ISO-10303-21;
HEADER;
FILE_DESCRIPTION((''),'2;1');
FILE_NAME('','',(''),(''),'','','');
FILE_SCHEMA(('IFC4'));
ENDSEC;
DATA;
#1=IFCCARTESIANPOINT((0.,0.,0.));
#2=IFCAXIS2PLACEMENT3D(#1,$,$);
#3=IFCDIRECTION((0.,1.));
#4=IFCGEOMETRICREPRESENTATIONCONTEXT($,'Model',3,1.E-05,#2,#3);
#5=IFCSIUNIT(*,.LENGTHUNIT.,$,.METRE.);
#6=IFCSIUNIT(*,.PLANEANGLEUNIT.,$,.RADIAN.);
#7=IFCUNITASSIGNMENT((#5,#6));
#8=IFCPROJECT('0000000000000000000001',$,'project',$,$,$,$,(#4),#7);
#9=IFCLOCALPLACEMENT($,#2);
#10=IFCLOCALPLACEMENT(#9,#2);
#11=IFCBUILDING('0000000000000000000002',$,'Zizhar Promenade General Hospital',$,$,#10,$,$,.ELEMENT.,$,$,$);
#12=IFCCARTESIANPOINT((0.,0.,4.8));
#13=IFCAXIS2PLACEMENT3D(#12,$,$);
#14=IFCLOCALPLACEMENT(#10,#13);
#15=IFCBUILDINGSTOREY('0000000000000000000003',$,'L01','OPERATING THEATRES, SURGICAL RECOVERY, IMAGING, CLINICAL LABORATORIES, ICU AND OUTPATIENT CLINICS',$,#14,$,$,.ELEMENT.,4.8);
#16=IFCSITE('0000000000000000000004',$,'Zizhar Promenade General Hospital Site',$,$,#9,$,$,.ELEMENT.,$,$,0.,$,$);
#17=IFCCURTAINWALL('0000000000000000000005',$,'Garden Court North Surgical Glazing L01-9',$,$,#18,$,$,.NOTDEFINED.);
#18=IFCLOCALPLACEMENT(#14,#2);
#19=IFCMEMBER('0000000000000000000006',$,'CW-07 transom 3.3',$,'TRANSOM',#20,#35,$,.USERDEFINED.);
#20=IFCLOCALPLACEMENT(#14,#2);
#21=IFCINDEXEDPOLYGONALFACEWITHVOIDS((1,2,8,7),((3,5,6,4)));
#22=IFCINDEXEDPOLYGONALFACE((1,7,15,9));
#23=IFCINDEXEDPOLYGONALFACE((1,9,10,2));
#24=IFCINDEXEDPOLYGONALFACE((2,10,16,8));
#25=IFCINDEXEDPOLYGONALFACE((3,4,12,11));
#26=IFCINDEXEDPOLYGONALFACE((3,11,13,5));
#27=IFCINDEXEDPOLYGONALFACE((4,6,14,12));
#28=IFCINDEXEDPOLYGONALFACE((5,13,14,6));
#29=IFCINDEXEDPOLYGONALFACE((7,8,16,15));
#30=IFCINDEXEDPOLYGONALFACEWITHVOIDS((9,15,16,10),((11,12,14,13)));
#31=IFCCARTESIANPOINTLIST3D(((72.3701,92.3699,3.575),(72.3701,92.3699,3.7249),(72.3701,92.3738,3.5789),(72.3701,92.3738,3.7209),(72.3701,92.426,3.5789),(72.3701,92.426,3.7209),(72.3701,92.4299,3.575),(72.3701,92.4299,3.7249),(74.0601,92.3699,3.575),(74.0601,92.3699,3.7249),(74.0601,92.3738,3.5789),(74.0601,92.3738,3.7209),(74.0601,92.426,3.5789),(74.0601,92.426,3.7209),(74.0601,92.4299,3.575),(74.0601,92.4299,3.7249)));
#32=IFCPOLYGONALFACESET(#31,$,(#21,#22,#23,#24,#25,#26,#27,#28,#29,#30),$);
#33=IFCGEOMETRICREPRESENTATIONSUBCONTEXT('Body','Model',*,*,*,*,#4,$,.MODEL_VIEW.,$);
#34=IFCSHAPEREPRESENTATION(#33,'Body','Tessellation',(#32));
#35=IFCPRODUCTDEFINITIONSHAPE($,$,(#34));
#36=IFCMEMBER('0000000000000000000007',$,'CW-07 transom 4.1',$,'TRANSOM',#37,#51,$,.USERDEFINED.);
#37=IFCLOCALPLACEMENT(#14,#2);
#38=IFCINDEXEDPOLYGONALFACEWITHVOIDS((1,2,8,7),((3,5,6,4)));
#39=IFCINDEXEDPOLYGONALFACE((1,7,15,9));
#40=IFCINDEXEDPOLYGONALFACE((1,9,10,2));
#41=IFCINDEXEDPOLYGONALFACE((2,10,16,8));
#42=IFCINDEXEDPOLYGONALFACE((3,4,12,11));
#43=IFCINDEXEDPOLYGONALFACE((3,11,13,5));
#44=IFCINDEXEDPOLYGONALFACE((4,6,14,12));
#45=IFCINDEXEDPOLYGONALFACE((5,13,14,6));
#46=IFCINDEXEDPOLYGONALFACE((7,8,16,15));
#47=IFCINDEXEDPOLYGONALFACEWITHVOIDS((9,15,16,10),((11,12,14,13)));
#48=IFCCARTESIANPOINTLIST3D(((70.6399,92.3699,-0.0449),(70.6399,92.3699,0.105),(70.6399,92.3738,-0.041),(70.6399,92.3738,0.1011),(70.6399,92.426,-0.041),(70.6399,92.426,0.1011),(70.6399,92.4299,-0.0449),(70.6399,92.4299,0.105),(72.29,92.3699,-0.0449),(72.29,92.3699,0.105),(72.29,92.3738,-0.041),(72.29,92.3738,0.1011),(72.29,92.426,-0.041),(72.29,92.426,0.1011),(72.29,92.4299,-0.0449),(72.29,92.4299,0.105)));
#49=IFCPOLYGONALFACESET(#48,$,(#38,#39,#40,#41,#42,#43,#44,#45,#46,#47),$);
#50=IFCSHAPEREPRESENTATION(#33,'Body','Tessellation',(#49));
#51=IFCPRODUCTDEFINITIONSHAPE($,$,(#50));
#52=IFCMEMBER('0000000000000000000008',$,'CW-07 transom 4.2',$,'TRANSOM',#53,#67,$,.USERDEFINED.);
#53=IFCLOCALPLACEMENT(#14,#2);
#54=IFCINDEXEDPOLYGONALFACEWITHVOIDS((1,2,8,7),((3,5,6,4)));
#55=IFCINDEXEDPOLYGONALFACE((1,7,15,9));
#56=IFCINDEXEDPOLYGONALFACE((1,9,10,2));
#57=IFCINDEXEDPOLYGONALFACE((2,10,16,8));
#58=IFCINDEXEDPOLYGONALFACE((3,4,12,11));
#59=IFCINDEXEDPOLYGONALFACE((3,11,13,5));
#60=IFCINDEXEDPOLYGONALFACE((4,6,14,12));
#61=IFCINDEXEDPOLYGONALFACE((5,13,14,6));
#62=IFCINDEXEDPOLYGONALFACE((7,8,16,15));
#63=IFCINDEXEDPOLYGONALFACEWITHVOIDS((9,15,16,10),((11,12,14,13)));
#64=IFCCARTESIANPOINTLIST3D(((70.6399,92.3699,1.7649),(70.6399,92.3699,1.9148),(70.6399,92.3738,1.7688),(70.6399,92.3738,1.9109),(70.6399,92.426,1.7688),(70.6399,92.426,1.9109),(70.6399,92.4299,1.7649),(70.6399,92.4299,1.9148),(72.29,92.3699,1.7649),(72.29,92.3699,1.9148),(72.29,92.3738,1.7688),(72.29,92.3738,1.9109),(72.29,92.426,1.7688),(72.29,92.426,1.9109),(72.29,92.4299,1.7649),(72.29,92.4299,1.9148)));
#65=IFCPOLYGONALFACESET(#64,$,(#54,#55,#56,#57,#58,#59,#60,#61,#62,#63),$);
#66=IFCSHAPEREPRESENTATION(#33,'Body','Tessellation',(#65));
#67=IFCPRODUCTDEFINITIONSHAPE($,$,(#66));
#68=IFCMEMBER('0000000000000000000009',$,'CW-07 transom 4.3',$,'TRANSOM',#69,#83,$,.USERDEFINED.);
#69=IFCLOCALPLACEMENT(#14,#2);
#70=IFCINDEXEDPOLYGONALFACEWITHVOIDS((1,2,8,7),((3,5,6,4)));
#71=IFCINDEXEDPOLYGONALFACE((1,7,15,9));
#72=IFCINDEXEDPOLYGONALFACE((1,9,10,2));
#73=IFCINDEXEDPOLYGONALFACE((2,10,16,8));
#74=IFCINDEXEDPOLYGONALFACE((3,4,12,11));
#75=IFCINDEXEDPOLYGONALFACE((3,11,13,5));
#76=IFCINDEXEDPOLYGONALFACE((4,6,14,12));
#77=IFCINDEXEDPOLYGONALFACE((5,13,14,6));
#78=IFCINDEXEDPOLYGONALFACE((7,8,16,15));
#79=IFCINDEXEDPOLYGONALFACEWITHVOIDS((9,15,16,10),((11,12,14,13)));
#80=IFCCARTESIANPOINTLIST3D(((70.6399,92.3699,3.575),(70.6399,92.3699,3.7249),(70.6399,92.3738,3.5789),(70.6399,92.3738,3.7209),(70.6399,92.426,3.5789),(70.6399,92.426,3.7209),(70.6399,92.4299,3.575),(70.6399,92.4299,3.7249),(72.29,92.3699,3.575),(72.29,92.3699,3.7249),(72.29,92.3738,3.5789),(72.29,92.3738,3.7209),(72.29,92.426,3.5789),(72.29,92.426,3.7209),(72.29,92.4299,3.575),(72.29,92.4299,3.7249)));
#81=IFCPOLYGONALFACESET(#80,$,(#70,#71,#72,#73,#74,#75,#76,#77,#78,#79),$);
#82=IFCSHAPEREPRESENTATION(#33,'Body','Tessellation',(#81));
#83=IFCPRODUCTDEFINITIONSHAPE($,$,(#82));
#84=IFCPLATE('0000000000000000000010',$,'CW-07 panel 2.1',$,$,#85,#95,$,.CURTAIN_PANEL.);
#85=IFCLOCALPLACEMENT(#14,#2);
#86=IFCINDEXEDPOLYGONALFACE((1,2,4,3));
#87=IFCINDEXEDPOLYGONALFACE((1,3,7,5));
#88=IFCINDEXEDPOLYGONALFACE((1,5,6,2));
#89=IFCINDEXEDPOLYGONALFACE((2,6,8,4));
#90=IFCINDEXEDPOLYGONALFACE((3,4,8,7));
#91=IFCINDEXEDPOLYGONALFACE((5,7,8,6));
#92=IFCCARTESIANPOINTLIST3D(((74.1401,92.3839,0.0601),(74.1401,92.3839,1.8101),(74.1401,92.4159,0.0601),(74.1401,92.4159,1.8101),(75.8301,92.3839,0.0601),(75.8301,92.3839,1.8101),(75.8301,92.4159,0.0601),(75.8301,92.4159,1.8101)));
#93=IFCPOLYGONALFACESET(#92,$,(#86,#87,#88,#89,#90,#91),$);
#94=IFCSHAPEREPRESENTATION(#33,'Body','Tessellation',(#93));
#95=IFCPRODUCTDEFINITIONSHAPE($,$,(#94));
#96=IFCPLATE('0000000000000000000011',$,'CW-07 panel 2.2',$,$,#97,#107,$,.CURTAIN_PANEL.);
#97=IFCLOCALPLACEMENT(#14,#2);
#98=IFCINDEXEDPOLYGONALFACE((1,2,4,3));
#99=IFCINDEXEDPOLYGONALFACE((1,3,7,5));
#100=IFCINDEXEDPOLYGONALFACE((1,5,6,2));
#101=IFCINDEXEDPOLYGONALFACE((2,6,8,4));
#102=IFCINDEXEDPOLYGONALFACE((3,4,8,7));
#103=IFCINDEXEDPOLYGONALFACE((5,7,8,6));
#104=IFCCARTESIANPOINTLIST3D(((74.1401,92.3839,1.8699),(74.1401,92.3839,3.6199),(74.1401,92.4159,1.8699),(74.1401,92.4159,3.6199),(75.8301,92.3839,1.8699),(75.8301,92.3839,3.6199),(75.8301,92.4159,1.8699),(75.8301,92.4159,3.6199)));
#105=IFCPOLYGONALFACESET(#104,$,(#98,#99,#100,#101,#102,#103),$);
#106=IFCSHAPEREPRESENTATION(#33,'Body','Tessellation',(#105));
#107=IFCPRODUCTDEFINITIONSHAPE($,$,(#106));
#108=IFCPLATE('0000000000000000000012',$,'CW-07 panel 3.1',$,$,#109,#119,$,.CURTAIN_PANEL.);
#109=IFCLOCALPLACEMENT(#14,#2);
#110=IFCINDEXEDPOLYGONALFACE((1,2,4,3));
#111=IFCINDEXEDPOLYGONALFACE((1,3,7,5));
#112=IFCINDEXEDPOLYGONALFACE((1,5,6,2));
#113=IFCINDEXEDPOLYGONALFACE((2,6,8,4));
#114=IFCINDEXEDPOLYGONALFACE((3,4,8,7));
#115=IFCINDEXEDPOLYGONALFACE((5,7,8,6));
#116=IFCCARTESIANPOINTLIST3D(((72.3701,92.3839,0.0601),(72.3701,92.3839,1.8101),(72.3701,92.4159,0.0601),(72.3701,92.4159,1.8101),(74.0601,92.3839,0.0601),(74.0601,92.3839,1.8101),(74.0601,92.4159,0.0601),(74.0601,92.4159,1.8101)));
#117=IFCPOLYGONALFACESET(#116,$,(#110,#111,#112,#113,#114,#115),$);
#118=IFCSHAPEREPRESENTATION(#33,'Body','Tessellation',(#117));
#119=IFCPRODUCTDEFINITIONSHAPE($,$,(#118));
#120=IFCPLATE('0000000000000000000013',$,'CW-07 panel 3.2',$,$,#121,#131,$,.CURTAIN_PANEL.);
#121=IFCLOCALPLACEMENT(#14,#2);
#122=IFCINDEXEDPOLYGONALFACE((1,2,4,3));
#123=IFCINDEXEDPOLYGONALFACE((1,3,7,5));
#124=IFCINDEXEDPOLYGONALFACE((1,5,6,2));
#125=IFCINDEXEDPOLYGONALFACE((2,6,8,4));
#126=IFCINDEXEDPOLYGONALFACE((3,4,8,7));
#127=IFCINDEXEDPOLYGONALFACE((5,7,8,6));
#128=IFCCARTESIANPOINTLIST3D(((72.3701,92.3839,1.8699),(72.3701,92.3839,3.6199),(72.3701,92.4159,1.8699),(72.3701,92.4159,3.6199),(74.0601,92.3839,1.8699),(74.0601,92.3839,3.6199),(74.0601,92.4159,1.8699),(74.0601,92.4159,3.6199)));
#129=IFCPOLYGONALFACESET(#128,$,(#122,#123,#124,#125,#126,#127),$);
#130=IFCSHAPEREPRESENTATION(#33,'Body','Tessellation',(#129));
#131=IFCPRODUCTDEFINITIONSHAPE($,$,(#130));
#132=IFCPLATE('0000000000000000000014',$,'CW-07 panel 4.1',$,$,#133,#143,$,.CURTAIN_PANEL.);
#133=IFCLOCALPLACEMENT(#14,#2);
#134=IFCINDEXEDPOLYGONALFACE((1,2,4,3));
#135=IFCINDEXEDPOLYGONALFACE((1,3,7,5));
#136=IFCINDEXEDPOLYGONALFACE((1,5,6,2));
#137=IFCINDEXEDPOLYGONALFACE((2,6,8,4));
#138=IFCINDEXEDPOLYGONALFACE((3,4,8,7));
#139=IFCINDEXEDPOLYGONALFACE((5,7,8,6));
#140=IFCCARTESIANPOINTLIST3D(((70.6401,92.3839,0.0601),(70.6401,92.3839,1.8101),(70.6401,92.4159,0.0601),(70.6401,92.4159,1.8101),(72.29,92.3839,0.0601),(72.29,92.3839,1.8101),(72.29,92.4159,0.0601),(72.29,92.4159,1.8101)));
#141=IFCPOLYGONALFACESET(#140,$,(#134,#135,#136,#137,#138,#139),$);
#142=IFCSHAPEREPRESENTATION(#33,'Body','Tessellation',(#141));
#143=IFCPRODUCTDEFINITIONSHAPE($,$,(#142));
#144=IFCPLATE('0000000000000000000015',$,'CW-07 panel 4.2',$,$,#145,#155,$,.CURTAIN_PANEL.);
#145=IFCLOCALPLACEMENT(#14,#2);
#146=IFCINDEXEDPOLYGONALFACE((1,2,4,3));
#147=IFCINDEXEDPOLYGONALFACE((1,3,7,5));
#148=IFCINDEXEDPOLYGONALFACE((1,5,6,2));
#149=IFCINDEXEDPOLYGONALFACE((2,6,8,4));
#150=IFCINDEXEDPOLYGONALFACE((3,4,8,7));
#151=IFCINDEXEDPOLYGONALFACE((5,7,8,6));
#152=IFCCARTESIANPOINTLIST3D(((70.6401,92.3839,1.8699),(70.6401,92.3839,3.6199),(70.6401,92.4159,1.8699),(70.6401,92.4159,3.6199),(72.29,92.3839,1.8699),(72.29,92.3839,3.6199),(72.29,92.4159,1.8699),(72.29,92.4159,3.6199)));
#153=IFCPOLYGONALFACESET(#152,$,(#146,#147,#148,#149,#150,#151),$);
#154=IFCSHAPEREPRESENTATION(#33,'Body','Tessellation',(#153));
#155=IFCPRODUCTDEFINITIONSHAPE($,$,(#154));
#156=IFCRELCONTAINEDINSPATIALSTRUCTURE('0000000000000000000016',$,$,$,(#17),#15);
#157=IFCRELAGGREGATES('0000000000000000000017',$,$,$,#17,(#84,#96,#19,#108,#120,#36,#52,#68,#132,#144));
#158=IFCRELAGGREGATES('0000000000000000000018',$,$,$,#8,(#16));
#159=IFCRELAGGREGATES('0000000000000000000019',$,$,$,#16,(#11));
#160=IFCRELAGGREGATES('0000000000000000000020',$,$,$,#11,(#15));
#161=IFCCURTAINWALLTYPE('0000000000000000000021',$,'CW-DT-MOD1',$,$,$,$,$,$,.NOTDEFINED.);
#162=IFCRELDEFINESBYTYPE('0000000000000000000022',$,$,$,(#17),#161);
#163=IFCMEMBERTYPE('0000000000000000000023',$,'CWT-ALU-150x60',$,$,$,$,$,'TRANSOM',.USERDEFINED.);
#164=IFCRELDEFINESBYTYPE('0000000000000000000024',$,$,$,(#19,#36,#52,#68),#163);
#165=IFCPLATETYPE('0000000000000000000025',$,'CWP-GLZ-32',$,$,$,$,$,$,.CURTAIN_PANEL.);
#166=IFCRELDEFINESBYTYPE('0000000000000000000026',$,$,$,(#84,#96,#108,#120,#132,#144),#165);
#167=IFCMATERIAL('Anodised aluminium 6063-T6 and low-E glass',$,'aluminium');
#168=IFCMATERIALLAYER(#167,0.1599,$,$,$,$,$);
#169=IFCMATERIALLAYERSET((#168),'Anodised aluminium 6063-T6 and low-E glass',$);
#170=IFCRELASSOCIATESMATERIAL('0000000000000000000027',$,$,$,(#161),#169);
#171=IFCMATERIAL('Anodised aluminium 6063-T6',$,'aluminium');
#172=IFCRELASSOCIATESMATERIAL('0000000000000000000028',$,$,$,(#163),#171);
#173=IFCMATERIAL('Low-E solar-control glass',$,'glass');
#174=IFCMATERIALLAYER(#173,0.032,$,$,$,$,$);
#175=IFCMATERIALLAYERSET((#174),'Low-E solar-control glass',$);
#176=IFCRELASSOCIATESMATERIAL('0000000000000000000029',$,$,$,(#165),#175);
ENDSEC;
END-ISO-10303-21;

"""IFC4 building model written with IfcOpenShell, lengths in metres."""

from ifc_helpers import new_model, si_unit, direction, frame, origin, origin_2d, place, context, subcontext, project, spatial, rectangle, hollow_rectangle, extrude, material, layer, layer_set, material_profile, profile_set, type_object, element, aggregate, save


model = new_model("IFC4")

# Units and contexts
model_context = context("Model", 3, precision=1e-05, world=origin(), true_north=direction((0.0, 1.0)))
body_context = subcontext(model_context, "Body", "Model", "MODEL_VIEW")
ifc_project = project(units=[si_unit("LENGTHUNIT", "METRE"), si_unit("PLANEANGLEUNIT", "RADIAN")], contexts=[model_context])

# Site, building, storey
site_placement = place(None, origin())
site = spatial("IfcSite", under=ifc_project, at=site_placement, Name="Zizhar Promenade General Hospital Site", CompositionType="ELEMENT", RefElevation=0.0)
building_placement = place(site_placement, origin())
building = spatial("IfcBuilding", under=site, at=building_placement, Name="Zizhar Promenade General Hospital", CompositionType="ELEMENT")
storey_placement = place(building_placement, frame((0.0, 0.0, 4.8)))
storey = spatial("IfcBuildingStorey", under=building, at=storey_placement, Name="L01", Description="OPERATING THEATRES, SURGICAL RECOVERY, IMAGING, CLINICAL LABORATORIES, ICU AND OUTPATIENT CLINICS", CompositionType="ELEMENT", Elevation=4.8)

# Curtain wall, members, plates
ifc_material_1 = material(Name="Anodised aluminium 6063-T6 and low-E glass", Category="aluminium")
ifc_layer_1 = layer(ifc_material_1, 0.1599)
ifc_layer_set_1 = layer_set([ifc_layer_1], Name="Anodised aluminium 6063-T6 and low-E glass")
curtain_wall_type = type_object("IfcCurtainWallType", Name="CW-DT-MOD1", PredefinedType="NOTDEFINED", material=ifc_layer_set_1)
curtain_wall_placement = place(storey_placement, origin())
curtain_wall = element("IfcCurtainWall", 1, at=curtain_wall_placement, inside=storey, type_object=curtain_wall_type, Name="Garden Court North Surgical Glazing L01-9", PredefinedType="NOTDEFINED")
ifc_material_2 = material(Name="Anodised aluminium 6063-T6", Category="aluminium")
ifc_material_profile_1 = material_profile(ifc_material_2, hollow_rectangle(XDim=0.0601, YDim=0.1499, WallThickness=0.0039, at=origin_2d()))
ifc_profile_set_1 = profile_set([ifc_material_profile_1], Name="Anodised aluminium 6063-T6")
member_type_1 = type_object("IfcMemberType", Name="CWT-ALU-150x60", ElementType="TRANSOM", PredefinedType="USERDEFINED", material=ifc_profile_set_1)
member_1_placement = place(storey_placement, frame((74.0601, 92.3999, 3.6499), z_axis=(-1.0, 0.0, 0.0), x_axis=(0.0, -1.0, 0.0)))
member_1 = element("IfcMember", 2, at=member_1_placement, type_object=member_type_1, Name="CW-07 transom 3.3", ObjectType="TRANSOM", PredefinedType="USERDEFINED", context=body_context, shape_type="SweptSolid", body=[
    extrude(hollow_rectangle(XDim=0.0601, YDim=0.1499, WallThickness=0.0039, at=origin_2d()), origin(), (0.0, 0.0, 1.0), 1.6899),
])
member_2_placement = place(storey_placement, frame((72.29, 92.3999, 0.03), z_axis=(-1.0, 0.0, 0.0), x_axis=(0.0, -1.0, 0.0)))
member_2 = element("IfcMember", 3, at=member_2_placement, type_object=member_type_1, Name="CW-07 transom 4.1", ObjectType="TRANSOM", PredefinedType="USERDEFINED", context=body_context, shape_type="SweptSolid", body=[
    extrude(hollow_rectangle(XDim=0.0601, YDim=0.1499, WallThickness=0.0039, at=origin_2d()), origin(), (0.0, 0.0, 1.0), 1.6501),
])
member_3_placement = place(storey_placement, frame((72.29, 92.3999, 1.8398), z_axis=(-1.0, 0.0, 0.0), x_axis=(0.0, -1.0, 0.0)))
member_3 = element("IfcMember", 4, at=member_3_placement, type_object=member_type_1, Name="CW-07 transom 4.2", ObjectType="TRANSOM", PredefinedType="USERDEFINED", context=body_context, shape_type="SweptSolid", body=[
    extrude(hollow_rectangle(XDim=0.0601, YDim=0.1499, WallThickness=0.0039, at=origin_2d()), origin(), (0.0, 0.0, 1.0), 1.6501),
])
member_4_placement = place(storey_placement, frame((72.29, 92.3999, 3.6499), z_axis=(-1.0, 0.0, 0.0), x_axis=(0.0, -1.0, 0.0)))
member_4 = element("IfcMember", 5, at=member_4_placement, type_object=member_type_1, Name="CW-07 transom 4.3", ObjectType="TRANSOM", PredefinedType="USERDEFINED", context=body_context, shape_type="SweptSolid", body=[
    extrude(hollow_rectangle(XDim=0.0601, YDim=0.1499, WallThickness=0.0039, at=origin_2d()), origin(), (0.0, 0.0, 1.0), 1.6501),
])
ifc_material_3 = material(Name="Low-E solar-control glass", Category="glass")
ifc_layer_2 = layer(ifc_material_3, 0.032)
ifc_layer_set_2 = layer_set([ifc_layer_2], Name="Low-E solar-control glass")
plate_type = type_object("IfcPlateType", Name="CWP-GLZ-32", PredefinedType="CURTAIN_PANEL", material=ifc_layer_set_2)
plate_1_placement = place(storey_placement, frame((74.9851, 92.3999, 0.0601), z_axis=(0.0, 0.0, 1.0), x_axis=(-1.0, 0.0, 0.0)))
plate_1 = element("IfcPlate", 6, at=plate_1_placement, type_object=plate_type, Name="CW-07 panel 2.1", PredefinedType="CURTAIN_PANEL", context=body_context, shape_type="SweptSolid", body=[
    extrude(rectangle(XDim=1.6899, YDim=0.032, at=origin_2d()), origin(), (0.0, 0.0, 1.0), 1.75),
])
plate_2_placement = place(storey_placement, frame((74.9851, 92.3999, 1.8699), z_axis=(0.0, 0.0, 1.0), x_axis=(-1.0, 0.0, 0.0)))
plate_2 = element("IfcPlate", 7, at=plate_2_placement, type_object=plate_type, Name="CW-07 panel 2.2", PredefinedType="CURTAIN_PANEL", context=body_context, shape_type="SweptSolid", body=[
    extrude(rectangle(XDim=1.6899, YDim=0.032, at=origin_2d()), origin(), (0.0, 0.0, 1.0), 1.75),
])
plate_3_placement = place(storey_placement, frame((73.2151, 92.3999, 0.0601), z_axis=(0.0, 0.0, 1.0), x_axis=(-1.0, 0.0, 0.0)))
plate_3 = element("IfcPlate", 8, at=plate_3_placement, type_object=plate_type, Name="CW-07 panel 3.1", PredefinedType="CURTAIN_PANEL", context=body_context, shape_type="SweptSolid", body=[
    extrude(rectangle(XDim=1.6899, YDim=0.032, at=origin_2d()), origin(), (0.0, 0.0, 1.0), 1.75),
])
plate_4_placement = place(storey_placement, frame((73.2151, 92.3999, 1.8699), z_axis=(0.0, 0.0, 1.0), x_axis=(-1.0, 0.0, 0.0)))
plate_4 = element("IfcPlate", 9, at=plate_4_placement, type_object=plate_type, Name="CW-07 panel 3.2", PredefinedType="CURTAIN_PANEL", context=body_context, shape_type="SweptSolid", body=[
    extrude(rectangle(XDim=1.6899, YDim=0.032, at=origin_2d()), origin(), (0.0, 0.0, 1.0), 1.75),
])
plate_5_placement = place(storey_placement, frame((71.4651, 92.3999, 0.0601), z_axis=(0.0, 0.0, 1.0), x_axis=(-1.0, 0.0, 0.0)))
plate_5 = element("IfcPlate", 10, at=plate_5_placement, type_object=plate_type, Name="CW-07 panel 4.1", PredefinedType="CURTAIN_PANEL", context=body_context, shape_type="SweptSolid", body=[
    extrude(rectangle(XDim=1.6499, YDim=0.032, at=origin_2d()), origin(), (0.0, 0.0, 1.0), 1.75),
])
plate_6_placement = place(storey_placement, frame((71.4651, 92.3999, 1.8699), z_axis=(0.0, 0.0, 1.0), x_axis=(-1.0, 0.0, 0.0)))
plate_6 = element("IfcPlate", 11, at=plate_6_placement, type_object=plate_type, Name="CW-07 panel 4.2", PredefinedType="CURTAIN_PANEL", context=body_context, shape_type="SweptSolid", body=[
    extrude(rectangle(XDim=1.6499, YDim=0.032, at=origin_2d()), origin(), (0.0, 0.0, 1.0), 1.75),
])
aggregate(curtain_wall, [plate_1, plate_2, member_1, plate_3, plate_4, member_2, member_3, member_4, plate_5, plate_6])

save(model, "model.ifc")
